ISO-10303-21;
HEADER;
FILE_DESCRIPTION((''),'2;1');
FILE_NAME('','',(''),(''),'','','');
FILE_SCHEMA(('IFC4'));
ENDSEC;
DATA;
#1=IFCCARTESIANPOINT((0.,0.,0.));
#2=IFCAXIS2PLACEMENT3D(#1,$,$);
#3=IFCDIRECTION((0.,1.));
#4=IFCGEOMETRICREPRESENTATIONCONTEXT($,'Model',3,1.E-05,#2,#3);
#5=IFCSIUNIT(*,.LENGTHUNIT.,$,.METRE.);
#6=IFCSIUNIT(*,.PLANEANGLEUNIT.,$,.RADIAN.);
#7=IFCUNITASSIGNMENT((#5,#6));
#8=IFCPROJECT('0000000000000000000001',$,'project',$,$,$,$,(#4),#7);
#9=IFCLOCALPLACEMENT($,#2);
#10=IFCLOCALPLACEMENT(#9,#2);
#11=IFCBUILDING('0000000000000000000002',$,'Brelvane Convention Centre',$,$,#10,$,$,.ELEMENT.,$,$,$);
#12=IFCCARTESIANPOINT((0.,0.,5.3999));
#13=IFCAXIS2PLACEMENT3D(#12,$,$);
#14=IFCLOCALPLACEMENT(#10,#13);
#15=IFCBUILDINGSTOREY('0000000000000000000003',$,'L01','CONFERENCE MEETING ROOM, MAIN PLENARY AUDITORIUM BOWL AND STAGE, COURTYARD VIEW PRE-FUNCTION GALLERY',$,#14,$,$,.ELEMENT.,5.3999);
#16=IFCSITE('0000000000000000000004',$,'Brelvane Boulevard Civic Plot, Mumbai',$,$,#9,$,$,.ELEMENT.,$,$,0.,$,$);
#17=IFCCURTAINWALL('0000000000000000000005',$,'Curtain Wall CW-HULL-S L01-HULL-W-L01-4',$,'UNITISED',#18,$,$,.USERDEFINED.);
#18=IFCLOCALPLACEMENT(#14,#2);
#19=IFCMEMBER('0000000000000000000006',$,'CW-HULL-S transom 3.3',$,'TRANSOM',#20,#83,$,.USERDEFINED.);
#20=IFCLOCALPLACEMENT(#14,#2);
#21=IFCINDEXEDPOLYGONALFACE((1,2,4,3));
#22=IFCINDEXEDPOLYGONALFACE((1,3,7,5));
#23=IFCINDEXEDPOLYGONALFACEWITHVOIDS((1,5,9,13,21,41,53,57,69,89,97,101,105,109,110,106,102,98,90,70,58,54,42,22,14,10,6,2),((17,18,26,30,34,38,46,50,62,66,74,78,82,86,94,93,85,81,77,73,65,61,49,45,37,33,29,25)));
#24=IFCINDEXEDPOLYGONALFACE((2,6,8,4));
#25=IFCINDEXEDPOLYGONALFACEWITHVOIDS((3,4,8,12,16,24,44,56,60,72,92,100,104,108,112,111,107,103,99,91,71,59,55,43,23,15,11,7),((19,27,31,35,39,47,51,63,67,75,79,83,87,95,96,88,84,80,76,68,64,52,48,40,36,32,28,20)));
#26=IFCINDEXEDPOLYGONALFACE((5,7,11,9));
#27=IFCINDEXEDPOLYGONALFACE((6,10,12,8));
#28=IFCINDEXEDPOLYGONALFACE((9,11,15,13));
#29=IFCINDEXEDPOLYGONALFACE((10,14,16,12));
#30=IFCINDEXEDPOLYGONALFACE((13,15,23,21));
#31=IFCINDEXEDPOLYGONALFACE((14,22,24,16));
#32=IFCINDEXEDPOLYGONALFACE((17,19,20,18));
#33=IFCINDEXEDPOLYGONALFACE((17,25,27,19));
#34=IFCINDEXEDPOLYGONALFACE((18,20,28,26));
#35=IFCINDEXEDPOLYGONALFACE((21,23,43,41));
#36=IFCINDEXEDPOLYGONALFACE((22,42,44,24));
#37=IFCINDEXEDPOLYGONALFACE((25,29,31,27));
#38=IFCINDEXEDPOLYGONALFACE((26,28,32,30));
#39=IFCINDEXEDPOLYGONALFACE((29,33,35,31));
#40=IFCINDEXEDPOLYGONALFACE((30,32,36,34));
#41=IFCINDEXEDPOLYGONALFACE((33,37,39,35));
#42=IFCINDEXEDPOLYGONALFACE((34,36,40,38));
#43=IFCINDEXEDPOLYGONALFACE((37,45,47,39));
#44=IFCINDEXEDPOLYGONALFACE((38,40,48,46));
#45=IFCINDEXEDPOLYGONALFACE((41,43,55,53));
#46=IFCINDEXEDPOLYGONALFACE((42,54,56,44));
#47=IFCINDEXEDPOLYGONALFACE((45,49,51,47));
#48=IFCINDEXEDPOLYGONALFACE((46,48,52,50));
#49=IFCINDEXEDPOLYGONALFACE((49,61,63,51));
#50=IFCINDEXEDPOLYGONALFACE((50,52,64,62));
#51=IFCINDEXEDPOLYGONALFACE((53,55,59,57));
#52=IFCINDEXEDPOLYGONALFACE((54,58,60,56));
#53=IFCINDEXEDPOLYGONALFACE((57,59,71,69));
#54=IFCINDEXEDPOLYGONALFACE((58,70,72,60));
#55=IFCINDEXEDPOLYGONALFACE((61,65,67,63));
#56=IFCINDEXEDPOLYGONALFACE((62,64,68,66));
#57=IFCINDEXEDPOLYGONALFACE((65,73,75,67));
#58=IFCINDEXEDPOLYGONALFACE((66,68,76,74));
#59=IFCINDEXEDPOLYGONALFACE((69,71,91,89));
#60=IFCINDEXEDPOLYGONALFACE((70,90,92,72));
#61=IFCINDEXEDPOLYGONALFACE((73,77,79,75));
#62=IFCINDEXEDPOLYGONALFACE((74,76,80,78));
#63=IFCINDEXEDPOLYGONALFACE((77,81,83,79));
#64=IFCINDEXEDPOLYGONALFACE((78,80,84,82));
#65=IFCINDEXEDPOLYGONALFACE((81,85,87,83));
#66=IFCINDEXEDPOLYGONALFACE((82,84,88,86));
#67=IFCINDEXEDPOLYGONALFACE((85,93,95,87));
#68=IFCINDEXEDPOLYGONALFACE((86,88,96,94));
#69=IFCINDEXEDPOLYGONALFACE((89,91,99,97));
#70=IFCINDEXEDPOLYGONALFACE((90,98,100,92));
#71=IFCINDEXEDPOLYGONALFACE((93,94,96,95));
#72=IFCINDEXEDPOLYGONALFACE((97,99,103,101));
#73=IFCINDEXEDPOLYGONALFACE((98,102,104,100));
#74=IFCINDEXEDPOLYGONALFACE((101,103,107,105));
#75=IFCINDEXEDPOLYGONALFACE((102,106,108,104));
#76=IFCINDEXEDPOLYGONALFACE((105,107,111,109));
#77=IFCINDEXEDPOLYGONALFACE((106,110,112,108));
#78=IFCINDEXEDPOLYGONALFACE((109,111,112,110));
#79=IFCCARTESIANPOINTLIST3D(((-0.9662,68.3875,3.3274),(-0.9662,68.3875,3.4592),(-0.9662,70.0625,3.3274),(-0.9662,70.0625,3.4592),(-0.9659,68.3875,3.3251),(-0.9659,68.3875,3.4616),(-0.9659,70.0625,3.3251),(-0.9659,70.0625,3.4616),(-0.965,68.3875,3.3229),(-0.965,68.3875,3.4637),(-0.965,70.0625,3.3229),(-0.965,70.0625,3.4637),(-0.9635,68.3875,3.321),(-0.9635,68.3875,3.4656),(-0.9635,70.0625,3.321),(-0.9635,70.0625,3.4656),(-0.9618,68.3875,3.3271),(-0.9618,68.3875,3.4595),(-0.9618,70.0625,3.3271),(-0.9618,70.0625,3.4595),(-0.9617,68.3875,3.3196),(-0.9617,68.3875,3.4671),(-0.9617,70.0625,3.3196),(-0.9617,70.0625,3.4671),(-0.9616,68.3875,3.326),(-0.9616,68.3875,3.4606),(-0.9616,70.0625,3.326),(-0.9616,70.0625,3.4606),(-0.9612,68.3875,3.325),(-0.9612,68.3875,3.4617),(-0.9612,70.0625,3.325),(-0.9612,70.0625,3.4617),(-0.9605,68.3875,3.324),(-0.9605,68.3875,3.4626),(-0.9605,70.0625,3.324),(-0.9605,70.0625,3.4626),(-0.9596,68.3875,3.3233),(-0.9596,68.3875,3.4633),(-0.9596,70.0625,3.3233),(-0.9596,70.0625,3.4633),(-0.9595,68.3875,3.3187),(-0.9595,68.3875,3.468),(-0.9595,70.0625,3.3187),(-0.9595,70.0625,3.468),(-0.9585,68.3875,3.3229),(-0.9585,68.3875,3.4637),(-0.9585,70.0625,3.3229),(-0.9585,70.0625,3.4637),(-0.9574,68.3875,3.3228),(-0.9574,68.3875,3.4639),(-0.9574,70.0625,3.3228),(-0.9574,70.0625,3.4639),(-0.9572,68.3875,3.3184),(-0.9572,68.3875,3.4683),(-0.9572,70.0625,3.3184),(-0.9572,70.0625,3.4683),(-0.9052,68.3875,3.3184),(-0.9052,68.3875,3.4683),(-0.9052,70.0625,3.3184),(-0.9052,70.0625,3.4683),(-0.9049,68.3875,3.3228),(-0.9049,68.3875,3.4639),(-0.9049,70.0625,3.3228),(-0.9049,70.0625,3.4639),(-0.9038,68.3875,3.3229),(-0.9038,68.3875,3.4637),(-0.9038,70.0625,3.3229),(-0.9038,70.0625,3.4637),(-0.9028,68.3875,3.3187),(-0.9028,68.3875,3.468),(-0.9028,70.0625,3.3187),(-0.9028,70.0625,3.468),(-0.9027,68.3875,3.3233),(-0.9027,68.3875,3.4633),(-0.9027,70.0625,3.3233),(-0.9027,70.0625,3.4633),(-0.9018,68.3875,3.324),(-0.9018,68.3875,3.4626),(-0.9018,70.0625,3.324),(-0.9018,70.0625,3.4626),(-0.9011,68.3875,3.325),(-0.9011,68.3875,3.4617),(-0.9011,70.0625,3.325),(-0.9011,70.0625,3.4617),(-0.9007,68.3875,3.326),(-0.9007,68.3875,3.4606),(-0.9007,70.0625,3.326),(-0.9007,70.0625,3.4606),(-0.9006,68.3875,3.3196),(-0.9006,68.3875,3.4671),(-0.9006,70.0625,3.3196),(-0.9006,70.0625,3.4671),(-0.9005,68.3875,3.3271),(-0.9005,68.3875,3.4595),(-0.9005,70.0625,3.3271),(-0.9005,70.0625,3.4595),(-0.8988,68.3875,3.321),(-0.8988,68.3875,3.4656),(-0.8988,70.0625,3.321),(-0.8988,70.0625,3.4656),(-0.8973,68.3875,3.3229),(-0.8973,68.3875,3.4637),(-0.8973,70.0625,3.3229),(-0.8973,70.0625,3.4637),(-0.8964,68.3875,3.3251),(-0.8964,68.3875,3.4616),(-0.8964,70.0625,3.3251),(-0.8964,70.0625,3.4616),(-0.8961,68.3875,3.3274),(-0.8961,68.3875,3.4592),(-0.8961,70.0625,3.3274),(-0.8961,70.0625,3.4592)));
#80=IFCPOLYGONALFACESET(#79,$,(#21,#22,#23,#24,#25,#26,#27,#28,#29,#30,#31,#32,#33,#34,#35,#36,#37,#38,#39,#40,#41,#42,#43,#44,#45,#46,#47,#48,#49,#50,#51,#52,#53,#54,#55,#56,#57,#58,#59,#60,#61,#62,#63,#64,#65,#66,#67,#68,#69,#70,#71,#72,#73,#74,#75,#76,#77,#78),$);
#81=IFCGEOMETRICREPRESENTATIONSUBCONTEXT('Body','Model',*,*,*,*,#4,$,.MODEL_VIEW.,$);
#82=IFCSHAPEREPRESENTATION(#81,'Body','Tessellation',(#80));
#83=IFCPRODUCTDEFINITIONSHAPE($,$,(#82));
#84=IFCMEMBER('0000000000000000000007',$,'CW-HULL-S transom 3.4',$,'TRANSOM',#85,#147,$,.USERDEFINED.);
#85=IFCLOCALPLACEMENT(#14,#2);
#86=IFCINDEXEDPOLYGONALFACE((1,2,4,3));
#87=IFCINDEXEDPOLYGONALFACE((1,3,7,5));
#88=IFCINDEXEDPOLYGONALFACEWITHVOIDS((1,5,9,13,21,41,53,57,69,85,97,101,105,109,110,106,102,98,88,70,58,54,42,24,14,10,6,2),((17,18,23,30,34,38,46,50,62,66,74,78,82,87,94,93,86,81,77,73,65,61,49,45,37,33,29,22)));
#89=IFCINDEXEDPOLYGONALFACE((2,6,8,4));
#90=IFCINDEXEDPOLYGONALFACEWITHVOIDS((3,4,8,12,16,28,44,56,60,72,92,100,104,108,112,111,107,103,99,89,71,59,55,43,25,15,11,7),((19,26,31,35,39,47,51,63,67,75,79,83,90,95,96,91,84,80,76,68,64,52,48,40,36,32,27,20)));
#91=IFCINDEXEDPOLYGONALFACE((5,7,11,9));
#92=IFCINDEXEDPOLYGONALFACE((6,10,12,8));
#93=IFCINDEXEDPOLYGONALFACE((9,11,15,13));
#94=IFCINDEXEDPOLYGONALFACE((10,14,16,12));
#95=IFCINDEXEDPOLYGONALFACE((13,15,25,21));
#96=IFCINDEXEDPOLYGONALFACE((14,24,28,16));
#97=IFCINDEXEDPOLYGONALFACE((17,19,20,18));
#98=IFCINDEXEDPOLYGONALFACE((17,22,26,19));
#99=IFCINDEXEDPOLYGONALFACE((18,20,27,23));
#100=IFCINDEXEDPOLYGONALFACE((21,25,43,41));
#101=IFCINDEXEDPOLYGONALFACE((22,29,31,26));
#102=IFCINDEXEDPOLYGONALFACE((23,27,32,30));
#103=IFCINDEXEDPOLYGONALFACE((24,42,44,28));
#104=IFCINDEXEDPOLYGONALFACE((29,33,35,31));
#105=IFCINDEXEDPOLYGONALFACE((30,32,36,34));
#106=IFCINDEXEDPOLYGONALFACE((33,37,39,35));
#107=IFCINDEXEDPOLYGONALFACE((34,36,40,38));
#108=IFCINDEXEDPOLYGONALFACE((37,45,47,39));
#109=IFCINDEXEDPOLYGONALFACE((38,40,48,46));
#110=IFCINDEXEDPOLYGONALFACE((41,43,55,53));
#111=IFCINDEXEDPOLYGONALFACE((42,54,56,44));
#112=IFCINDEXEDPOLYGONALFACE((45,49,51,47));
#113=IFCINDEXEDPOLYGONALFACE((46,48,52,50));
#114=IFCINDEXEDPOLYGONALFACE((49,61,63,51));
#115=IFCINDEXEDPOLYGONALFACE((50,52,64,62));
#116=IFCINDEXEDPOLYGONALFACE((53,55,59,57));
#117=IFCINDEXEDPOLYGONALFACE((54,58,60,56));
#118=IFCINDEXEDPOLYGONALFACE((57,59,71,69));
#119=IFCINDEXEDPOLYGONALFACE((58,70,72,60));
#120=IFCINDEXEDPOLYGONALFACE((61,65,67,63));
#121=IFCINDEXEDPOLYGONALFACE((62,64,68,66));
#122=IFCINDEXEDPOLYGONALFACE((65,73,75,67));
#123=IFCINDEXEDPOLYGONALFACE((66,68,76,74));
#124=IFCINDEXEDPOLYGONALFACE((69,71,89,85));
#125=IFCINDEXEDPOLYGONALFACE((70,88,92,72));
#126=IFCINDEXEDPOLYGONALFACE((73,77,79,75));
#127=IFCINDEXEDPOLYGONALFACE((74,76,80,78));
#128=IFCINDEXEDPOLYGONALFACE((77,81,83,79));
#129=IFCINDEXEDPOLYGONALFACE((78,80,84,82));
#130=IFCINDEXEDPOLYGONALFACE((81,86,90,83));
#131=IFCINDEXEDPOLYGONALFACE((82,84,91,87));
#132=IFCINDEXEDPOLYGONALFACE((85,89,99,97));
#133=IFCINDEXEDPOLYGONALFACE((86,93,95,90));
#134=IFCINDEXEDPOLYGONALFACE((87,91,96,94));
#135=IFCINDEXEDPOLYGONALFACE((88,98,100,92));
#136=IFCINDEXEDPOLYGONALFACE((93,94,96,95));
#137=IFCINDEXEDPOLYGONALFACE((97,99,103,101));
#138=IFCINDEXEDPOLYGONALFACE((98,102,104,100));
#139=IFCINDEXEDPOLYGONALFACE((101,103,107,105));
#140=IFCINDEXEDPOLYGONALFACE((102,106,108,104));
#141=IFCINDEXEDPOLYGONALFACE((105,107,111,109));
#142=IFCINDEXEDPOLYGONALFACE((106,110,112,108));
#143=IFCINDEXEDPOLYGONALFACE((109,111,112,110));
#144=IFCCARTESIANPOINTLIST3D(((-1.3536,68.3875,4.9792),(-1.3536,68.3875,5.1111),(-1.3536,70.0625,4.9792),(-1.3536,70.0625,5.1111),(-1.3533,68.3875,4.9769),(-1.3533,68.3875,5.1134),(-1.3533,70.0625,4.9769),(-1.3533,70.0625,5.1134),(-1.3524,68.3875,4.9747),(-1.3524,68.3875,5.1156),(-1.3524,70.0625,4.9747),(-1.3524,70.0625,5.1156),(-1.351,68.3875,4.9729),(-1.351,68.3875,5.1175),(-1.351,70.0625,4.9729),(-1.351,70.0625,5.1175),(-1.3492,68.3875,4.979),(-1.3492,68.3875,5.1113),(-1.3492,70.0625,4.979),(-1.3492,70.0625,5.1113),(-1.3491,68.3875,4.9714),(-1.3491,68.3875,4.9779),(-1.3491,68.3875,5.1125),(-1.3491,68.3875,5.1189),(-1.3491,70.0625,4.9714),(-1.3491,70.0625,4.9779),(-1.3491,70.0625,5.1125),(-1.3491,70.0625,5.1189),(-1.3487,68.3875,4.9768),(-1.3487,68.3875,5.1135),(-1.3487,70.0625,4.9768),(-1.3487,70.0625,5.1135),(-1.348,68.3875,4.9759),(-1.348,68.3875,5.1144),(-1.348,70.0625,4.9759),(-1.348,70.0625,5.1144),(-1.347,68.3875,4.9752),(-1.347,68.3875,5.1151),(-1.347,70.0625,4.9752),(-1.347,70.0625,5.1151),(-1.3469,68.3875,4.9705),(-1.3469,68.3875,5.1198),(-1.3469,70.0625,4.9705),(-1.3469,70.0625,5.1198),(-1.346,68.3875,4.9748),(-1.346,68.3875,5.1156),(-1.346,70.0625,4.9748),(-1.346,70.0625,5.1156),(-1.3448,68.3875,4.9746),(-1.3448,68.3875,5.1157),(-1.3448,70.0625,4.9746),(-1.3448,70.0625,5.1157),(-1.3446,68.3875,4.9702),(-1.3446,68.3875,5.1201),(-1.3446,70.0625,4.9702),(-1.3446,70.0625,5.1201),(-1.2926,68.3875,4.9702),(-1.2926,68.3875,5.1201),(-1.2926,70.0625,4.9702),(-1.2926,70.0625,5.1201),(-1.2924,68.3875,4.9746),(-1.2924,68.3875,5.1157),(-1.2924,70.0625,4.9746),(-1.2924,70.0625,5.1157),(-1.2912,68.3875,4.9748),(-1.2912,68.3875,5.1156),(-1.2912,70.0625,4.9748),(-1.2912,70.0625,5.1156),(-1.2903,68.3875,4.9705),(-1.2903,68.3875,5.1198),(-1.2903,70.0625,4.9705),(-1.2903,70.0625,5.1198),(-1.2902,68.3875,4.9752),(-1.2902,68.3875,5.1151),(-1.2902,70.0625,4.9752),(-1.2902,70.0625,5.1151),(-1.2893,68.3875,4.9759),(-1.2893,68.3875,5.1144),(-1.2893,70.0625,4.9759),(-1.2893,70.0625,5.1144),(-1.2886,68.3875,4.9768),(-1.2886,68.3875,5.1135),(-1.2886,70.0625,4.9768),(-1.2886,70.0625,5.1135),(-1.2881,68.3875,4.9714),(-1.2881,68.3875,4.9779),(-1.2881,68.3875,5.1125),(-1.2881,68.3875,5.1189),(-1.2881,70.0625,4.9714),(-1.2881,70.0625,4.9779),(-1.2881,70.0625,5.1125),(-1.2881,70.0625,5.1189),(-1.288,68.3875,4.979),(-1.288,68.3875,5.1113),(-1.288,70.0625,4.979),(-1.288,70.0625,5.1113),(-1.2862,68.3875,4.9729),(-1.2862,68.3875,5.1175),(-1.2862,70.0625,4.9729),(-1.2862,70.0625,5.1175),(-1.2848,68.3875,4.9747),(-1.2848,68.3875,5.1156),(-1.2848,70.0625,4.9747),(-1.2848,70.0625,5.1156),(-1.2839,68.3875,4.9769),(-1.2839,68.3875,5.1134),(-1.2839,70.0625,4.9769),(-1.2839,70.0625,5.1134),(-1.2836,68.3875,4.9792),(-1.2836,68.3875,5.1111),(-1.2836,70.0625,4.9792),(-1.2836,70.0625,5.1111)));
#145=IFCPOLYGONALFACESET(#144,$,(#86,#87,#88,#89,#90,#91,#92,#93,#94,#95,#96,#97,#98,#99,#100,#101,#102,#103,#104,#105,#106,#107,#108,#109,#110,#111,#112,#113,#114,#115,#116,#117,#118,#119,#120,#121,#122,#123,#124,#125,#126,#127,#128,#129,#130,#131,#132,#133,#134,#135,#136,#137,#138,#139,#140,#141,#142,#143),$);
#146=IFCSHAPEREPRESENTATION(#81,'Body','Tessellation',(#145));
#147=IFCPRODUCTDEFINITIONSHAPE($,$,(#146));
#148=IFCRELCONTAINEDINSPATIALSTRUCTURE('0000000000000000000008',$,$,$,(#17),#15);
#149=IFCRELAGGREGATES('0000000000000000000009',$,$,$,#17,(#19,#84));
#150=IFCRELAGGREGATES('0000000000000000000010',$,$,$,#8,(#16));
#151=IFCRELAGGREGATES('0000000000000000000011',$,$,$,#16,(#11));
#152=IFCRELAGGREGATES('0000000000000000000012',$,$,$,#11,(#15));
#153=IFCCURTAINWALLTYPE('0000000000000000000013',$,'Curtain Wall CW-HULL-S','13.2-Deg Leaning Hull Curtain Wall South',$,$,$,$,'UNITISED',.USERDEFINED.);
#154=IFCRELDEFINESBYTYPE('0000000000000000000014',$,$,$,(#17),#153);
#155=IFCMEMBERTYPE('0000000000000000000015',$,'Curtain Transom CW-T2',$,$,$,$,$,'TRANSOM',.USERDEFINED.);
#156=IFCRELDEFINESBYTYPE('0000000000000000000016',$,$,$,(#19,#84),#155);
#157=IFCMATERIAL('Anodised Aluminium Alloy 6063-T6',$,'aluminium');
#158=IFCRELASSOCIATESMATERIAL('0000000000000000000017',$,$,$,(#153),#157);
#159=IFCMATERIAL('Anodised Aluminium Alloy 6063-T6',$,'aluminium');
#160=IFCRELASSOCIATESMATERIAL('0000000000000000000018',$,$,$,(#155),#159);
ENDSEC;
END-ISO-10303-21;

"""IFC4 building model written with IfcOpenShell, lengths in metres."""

from ifc_helpers import new_model, si_unit, direction, frame, origin, origin_2d, place, context, subcontext, project, spatial, hollow_rectangle, extrude, material, material_profile, profile_set, type_object, element, aggregate, save


model = new_model("IFC4")

# Units and contexts
model_context = context("Model", 3, precision=1e-05, world=origin(), true_north=direction((0.0, 1.0)))
body_context = subcontext(model_context, "Body", "Model", "MODEL_VIEW")
ifc_project = project(units=[si_unit("LENGTHUNIT", "METRE"), si_unit("PLANEANGLEUNIT", "RADIAN")], contexts=[model_context])

# Site, building, storey
site_placement = place(None, origin())
site = spatial("IfcSite", under=ifc_project, at=site_placement, Name="Brelvane Boulevard Civic Plot, Mumbai", CompositionType="ELEMENT", RefElevation=0.0)
building_placement = place(site_placement, origin())
building = spatial("IfcBuilding", under=site, at=building_placement, Name="Brelvane Convention Centre", CompositionType="ELEMENT")
storey_placement = place(building_placement, frame((0.0, 0.0, 5.3999)))
storey = spatial("IfcBuildingStorey", under=building, at=storey_placement, Name="L01", Description="CONFERENCE MEETING ROOM, MAIN PLENARY AUDITORIUM BOWL AND STAGE, COURTYARD VIEW PRE-FUNCTION GALLERY", CompositionType="ELEMENT", Elevation=5.3999)

# Curtain wall, members
ifc_material_1 = material(Name="Anodised Aluminium Alloy 6063-T6", Category="aluminium")
curtain_wall_type = type_object("IfcCurtainWallType", Name="Curtain Wall CW-HULL-S", Description="13.2-Deg Leaning Hull Curtain Wall South", ElementType="UNITISED", PredefinedType="USERDEFINED", material=ifc_material_1)
curtain_wall_placement = place(storey_placement, origin())
curtain_wall = element("IfcCurtainWall", 1, at=curtain_wall_placement, inside=storey, type_object=curtain_wall_type, Name="Curtain Wall CW-HULL-S L01-HULL-W-L01-4", ObjectType="UNITISED", PredefinedType="USERDEFINED")
ifc_material_2 = material(Name="Anodised Aluminium Alloy 6063-T6", Category="aluminium")
ifc_material_profile_1 = material_profile(ifc_material_2, hollow_rectangle(XDim=0.0701, YDim=0.1499, WallThickness=0.0044, InnerFilletRadius=0.0044, OuterFilletRadius=0.009, at=origin_2d()), Name="ALU-T 150x70x4.5")
ifc_profile_set_1 = profile_set([ifc_material_profile_1], Name="Anodised Aluminium Alloy 6063-T6")
member_type_1 = type_object("IfcMemberType", Name="Curtain Transom CW-T2", ElementType="TRANSOM", PredefinedType="USERDEFINED", material=ifc_profile_set_1)
member_1_placement = place(storey_placement, frame((-0.9312, 68.3875, 3.3933), z_axis=(0.0, 1.0, 0.0), x_axis=(-1.0, 0.0, 0.0)))
member_1 = element("IfcMember", 2, at=member_1_placement, type_object=member_type_1, Name="CW-HULL-S transom 3.3", ObjectType="TRANSOM", PredefinedType="USERDEFINED", context=body_context, shape_type="SweptSolid", body=[
    extrude(hollow_rectangle(XDim=0.0701, YDim=0.1499, WallThickness=0.0044, InnerFilletRadius=0.0044, OuterFilletRadius=0.009, at=origin_2d()), origin(), (0.0, 0.0, 1.0), 1.675),
])
member_2_placement = place(storey_placement, frame((-1.3186, 68.3875, 5.0452), z_axis=(0.0, 1.0, 0.0), x_axis=(-1.0, 0.0, 0.0)))
member_2 = element("IfcMember", 3, at=member_2_placement, type_object=member_type_1, Name="CW-HULL-S transom 3.4", ObjectType="TRANSOM", PredefinedType="USERDEFINED", context=body_context, shape_type="SweptSolid", body=[
    extrude(hollow_rectangle(XDim=0.0701, YDim=0.1499, WallThickness=0.0044, InnerFilletRadius=0.0044, OuterFilletRadius=0.009, at=origin_2d()), origin(), (0.0, 0.0, 1.0), 1.675),
])
aggregate(curtain_wall, [member_1, member_2])

save(model, "model.ifc")
